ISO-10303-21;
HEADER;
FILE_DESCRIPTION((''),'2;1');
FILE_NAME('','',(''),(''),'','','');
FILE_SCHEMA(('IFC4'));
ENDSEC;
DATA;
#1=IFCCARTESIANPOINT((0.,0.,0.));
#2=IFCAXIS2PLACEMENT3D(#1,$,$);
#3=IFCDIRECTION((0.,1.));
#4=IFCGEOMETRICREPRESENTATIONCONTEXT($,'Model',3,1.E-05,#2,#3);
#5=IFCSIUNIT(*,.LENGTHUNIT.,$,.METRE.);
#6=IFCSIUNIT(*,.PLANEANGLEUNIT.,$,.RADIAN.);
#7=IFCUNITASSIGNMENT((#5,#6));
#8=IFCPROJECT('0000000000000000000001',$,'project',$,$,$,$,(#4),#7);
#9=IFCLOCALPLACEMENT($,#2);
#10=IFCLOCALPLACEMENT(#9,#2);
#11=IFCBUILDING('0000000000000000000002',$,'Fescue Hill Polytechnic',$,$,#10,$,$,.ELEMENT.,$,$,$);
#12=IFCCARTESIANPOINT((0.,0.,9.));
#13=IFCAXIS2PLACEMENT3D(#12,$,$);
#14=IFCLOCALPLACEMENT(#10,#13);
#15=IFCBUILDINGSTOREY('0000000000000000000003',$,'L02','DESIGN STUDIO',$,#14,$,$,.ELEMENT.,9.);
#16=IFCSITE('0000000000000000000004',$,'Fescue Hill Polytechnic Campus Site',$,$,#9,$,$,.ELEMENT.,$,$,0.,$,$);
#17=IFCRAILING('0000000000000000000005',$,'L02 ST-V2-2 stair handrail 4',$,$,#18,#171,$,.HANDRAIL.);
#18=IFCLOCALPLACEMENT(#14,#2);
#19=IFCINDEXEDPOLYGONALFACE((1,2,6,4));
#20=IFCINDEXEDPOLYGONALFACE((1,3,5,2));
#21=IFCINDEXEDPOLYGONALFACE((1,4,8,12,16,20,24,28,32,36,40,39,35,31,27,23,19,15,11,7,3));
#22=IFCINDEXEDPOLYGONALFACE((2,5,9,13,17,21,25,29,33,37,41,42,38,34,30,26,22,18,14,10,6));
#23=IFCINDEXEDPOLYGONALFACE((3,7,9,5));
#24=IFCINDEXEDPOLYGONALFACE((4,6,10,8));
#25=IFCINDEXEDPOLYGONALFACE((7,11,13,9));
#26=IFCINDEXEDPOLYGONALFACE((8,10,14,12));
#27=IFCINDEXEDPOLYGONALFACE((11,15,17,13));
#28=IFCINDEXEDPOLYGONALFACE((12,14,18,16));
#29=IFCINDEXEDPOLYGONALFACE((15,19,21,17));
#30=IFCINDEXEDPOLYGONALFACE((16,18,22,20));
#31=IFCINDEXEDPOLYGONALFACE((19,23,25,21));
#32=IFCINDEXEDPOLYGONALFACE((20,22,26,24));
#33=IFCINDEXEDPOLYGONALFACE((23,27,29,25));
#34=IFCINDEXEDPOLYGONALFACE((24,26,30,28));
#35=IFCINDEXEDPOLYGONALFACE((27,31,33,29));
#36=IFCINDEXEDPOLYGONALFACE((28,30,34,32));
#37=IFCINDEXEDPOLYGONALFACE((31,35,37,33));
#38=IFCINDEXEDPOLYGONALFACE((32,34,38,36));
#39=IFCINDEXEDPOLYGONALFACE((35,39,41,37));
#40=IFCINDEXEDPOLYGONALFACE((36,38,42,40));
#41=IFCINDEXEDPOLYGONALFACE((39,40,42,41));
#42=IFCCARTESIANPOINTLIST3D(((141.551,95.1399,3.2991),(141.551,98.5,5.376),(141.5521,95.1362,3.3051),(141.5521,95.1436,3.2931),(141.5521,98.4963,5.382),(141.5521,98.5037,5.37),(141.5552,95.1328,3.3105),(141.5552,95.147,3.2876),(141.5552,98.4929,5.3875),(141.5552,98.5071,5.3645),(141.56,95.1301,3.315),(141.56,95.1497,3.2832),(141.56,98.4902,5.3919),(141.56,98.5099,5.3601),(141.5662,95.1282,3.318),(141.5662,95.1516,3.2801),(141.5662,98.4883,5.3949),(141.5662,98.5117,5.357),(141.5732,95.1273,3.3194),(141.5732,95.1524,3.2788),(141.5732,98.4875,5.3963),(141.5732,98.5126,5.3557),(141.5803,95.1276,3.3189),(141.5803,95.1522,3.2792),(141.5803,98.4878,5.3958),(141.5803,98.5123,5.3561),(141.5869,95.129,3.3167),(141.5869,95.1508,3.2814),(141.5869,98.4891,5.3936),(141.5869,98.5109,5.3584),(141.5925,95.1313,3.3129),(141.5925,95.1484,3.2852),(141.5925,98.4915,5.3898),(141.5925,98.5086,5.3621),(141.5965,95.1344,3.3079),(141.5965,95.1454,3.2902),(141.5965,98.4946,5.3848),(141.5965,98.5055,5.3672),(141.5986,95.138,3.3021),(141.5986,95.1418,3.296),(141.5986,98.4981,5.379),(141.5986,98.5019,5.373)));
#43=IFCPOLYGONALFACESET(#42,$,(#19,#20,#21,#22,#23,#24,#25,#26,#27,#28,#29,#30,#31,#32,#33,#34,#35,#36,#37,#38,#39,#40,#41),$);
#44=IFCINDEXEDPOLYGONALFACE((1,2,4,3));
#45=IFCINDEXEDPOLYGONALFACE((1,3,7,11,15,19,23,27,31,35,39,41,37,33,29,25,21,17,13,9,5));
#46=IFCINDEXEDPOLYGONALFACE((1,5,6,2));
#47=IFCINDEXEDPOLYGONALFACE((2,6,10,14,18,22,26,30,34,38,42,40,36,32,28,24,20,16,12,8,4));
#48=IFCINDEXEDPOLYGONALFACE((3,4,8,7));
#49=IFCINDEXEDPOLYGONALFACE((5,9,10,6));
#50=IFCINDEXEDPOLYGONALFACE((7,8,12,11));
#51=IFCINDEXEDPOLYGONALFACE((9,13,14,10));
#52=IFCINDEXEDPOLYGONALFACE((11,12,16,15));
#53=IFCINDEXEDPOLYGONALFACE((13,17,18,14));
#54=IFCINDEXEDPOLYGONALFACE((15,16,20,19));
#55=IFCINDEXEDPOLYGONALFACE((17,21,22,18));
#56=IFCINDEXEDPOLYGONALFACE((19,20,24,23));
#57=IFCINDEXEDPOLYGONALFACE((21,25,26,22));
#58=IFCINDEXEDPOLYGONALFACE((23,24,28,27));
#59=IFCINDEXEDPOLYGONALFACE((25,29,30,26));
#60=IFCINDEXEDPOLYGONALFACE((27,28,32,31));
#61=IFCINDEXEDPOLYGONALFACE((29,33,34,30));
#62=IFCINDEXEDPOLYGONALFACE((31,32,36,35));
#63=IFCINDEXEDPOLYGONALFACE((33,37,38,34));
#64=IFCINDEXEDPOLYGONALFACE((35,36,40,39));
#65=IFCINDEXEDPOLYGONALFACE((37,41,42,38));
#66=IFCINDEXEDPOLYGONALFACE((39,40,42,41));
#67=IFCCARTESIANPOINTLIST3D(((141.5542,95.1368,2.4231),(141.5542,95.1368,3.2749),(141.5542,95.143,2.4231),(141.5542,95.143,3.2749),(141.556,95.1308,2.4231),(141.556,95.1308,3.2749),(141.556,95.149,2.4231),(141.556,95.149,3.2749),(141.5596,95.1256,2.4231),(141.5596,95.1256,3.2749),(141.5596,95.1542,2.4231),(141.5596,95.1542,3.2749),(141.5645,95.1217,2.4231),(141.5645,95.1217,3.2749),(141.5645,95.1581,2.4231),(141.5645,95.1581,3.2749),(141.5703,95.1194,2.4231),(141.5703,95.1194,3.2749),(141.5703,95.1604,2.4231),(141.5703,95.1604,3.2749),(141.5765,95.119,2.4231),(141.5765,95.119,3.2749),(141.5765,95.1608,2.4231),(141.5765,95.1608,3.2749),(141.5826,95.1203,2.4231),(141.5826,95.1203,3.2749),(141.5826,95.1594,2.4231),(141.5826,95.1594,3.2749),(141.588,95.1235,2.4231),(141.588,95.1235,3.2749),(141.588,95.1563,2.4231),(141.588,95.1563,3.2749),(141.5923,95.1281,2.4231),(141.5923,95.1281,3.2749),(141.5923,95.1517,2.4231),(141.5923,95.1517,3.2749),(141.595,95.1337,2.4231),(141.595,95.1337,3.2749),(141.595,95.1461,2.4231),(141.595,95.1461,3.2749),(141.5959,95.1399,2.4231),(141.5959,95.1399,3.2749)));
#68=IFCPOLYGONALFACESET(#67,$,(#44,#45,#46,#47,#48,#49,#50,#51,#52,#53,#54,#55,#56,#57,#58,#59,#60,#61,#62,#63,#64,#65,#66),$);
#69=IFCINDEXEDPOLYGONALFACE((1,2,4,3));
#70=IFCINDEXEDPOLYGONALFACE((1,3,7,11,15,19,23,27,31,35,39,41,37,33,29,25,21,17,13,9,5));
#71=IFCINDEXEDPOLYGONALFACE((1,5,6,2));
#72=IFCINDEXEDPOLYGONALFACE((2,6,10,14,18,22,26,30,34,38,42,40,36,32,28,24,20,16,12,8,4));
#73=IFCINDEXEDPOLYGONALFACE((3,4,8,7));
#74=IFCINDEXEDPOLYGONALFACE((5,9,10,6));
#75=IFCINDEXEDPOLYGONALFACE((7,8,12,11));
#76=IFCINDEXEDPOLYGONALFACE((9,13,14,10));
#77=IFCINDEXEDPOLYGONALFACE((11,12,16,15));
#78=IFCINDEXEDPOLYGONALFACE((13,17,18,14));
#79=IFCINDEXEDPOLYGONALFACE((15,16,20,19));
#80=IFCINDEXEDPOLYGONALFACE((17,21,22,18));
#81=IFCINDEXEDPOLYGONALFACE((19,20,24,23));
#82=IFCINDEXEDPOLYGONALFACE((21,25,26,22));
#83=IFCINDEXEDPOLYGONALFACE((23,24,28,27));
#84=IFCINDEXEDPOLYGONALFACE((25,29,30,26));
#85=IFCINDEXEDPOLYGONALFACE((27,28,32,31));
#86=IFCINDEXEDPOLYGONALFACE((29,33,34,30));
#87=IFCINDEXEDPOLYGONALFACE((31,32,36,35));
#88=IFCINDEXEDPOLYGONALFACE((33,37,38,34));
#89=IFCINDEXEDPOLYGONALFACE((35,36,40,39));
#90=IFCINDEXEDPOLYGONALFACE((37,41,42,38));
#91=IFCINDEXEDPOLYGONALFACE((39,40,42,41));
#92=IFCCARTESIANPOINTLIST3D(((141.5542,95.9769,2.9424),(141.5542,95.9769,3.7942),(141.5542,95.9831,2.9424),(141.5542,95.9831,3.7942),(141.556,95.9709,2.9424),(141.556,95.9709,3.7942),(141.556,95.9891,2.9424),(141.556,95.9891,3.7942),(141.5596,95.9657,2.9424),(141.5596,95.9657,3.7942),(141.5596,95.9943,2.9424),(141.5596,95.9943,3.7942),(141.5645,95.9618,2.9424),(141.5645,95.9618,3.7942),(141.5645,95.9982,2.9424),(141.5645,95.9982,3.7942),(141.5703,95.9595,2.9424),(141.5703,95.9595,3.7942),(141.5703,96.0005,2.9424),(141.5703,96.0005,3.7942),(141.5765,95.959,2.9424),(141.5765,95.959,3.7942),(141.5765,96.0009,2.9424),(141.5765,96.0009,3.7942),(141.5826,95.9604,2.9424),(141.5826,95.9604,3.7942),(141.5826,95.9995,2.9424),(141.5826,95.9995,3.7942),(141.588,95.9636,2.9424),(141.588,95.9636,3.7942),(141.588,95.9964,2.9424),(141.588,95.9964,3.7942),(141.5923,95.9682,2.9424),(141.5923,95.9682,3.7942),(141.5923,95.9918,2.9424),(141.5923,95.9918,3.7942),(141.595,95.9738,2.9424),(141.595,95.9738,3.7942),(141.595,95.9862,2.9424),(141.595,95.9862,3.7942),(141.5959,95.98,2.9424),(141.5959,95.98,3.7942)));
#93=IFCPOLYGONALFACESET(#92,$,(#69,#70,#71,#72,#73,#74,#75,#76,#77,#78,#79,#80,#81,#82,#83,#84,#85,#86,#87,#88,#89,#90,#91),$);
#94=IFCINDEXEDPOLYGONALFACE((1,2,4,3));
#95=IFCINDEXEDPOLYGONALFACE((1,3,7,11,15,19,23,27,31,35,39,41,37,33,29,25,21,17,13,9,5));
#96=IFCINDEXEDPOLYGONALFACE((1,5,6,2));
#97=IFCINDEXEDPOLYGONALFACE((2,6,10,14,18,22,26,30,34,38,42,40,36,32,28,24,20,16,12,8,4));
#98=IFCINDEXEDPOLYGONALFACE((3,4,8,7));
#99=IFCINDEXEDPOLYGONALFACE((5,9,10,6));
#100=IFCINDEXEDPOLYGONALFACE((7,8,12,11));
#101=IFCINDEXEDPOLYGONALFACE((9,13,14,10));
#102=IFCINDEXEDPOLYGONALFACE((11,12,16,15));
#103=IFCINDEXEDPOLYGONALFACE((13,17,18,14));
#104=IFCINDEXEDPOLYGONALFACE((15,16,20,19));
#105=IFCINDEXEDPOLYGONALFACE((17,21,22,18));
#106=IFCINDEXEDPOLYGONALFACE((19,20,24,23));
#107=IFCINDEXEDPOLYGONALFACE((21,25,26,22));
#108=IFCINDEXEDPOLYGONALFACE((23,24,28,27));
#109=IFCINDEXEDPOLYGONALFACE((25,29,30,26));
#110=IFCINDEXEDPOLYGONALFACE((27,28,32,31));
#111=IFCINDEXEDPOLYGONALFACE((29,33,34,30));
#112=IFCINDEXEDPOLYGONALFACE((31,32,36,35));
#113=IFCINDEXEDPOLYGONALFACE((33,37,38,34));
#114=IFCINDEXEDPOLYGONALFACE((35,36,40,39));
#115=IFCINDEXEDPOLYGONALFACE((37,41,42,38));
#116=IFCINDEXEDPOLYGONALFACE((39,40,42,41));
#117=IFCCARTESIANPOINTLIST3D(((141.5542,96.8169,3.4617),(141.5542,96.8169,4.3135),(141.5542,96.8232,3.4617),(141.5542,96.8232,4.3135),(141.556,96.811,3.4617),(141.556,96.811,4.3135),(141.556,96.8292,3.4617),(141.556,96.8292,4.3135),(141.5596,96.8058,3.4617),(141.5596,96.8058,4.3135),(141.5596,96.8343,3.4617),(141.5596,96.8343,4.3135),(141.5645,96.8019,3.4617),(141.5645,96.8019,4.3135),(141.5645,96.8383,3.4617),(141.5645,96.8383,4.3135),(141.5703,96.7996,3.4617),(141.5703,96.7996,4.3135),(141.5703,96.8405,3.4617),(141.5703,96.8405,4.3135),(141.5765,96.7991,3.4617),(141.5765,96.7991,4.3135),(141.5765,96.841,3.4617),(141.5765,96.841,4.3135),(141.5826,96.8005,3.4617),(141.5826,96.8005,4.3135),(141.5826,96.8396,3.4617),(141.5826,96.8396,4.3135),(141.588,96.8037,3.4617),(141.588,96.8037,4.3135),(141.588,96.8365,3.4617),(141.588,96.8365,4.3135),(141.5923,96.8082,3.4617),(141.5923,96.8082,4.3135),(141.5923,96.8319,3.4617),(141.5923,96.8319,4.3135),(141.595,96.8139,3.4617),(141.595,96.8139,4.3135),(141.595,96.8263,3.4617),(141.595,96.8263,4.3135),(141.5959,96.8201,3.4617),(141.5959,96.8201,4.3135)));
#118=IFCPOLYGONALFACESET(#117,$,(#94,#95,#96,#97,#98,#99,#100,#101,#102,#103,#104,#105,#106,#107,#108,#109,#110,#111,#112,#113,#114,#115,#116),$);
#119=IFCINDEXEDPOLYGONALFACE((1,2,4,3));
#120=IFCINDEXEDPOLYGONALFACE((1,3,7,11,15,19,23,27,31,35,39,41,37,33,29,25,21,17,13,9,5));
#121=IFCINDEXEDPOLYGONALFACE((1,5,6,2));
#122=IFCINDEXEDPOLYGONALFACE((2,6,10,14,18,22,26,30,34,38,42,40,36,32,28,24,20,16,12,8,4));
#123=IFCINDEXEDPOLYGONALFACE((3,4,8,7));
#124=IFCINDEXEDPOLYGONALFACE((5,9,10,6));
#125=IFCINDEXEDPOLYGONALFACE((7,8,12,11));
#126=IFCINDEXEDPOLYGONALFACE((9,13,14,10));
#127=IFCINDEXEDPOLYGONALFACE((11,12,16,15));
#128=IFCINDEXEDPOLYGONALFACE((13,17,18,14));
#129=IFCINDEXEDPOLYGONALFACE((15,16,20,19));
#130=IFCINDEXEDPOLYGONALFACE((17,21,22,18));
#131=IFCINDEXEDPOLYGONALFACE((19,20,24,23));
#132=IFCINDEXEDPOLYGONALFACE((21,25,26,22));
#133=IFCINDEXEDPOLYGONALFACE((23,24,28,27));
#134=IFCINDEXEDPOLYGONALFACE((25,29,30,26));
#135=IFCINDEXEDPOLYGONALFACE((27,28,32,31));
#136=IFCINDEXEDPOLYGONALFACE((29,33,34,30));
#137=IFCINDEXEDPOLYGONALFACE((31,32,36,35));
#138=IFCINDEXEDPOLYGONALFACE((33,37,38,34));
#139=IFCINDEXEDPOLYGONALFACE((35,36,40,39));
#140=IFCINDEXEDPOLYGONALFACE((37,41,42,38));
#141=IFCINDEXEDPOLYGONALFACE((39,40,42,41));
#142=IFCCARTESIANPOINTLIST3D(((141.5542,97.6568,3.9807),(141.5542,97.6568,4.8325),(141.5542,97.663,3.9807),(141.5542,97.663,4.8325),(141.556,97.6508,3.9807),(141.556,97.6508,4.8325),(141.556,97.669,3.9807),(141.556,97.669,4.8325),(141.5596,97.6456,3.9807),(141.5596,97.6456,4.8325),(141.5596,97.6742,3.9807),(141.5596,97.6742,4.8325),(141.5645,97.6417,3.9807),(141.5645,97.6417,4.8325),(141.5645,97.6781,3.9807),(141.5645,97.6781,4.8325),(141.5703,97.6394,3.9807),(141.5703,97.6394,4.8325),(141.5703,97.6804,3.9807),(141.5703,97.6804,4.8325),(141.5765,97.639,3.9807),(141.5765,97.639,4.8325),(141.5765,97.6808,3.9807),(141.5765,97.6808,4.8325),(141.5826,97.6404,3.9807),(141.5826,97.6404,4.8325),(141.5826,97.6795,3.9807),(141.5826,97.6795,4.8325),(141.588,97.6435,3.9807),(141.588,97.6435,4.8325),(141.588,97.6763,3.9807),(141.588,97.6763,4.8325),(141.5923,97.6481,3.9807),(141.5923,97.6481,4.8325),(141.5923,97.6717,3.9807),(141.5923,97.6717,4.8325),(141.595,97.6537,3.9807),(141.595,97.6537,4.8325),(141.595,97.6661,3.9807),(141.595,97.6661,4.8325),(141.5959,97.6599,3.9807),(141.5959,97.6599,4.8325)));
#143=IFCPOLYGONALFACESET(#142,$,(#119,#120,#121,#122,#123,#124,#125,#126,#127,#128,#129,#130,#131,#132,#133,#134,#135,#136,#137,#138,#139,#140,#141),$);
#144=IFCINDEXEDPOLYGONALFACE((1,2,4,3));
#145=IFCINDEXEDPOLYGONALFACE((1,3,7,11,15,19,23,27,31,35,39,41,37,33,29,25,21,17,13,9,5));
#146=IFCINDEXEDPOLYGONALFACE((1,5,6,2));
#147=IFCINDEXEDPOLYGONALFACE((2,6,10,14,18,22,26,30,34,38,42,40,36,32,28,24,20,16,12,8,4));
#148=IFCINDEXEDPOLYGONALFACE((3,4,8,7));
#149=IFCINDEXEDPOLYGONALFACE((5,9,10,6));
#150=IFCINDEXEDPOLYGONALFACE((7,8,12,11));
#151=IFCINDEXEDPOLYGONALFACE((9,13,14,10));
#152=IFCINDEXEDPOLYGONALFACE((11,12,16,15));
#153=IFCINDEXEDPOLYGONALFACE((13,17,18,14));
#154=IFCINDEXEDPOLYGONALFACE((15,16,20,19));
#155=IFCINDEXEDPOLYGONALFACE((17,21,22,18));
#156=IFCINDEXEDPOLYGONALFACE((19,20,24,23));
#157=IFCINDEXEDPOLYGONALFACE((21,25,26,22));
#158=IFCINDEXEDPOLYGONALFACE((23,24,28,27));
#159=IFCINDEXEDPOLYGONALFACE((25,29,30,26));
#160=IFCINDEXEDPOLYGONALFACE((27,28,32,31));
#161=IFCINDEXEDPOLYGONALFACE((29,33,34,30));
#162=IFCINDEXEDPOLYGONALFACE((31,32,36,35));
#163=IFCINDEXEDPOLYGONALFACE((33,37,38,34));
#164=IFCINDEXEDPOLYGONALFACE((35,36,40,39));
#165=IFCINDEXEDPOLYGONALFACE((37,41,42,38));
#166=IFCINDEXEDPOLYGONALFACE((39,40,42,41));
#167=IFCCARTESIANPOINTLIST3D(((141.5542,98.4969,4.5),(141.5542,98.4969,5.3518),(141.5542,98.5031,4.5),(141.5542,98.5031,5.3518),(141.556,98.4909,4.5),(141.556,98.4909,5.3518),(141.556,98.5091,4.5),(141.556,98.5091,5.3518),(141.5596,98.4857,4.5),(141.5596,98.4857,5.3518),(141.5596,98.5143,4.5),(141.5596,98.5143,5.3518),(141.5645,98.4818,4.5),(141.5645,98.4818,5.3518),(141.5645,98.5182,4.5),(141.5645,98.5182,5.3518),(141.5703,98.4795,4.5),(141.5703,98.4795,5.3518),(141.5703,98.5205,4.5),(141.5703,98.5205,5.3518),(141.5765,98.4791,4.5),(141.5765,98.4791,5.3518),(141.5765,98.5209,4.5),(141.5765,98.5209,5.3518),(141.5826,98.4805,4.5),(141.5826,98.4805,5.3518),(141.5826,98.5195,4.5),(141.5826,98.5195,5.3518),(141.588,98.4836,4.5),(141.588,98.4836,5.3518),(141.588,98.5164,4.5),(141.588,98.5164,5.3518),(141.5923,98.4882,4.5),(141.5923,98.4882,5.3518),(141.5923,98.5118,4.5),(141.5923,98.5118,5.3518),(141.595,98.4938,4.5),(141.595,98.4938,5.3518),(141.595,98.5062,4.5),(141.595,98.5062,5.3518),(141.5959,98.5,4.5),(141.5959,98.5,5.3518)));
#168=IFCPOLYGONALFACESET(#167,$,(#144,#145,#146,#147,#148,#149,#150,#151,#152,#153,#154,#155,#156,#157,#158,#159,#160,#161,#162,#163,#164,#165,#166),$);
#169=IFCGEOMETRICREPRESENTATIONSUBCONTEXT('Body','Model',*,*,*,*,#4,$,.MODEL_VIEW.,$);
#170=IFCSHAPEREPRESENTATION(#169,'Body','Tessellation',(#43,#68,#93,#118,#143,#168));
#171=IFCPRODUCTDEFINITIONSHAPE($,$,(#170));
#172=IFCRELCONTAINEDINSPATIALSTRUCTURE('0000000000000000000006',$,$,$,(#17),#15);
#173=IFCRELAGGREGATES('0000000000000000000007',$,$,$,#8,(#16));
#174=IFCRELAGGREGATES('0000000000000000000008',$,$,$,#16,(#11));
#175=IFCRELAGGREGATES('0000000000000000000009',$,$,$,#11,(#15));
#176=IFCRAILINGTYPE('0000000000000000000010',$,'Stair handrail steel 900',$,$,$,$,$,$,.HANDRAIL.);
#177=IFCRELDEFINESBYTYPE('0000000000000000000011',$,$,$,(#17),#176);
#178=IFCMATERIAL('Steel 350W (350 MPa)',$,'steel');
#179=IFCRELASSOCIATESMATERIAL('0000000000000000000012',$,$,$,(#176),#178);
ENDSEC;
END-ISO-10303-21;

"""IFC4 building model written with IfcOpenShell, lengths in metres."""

from ifc_helpers import new_model, si_unit, direction, frame, origin, origin_2d, place, context, subcontext, project, spatial, circle, extrude, material, type_object, element, save


model = new_model("IFC4")

# Units and contexts
model_context = context("Model", 3, precision=1e-05, world=origin(), true_north=direction((0.0, 1.0)))
body_context = subcontext(model_context, "Body", "Model", "MODEL_VIEW")
ifc_project = project(units=[si_unit("LENGTHUNIT", "METRE"), si_unit("PLANEANGLEUNIT", "RADIAN")], contexts=[model_context])

# Site, building, storey
site_placement = place(None, origin())
site = spatial("IfcSite", under=ifc_project, at=site_placement, Name="Fescue Hill Polytechnic Campus Site", CompositionType="ELEMENT", RefElevation=0.0)
building_placement = place(site_placement, origin())
building = spatial("IfcBuilding", under=site, at=building_placement, Name="Fescue Hill Polytechnic", CompositionType="ELEMENT")
storey_placement = place(building_placement, frame((0.0, 0.0, 9.0)))
storey = spatial("IfcBuildingStorey", under=building, at=storey_placement, Name="L02", Description="DESIGN STUDIO", CompositionType="ELEMENT", Elevation=9.0)

# Railing
ifc_material_1 = material(Name="Steel 350W (350 MPa)", Category="steel")
railing_type_1 = type_object("IfcRailingType", Name="Stair handrail steel 900", PredefinedType="HANDRAIL", material=ifc_material_1)
railing_1_placement = place(storey_placement, frame((141.575, 95.1399, 2.4231)))
element("IfcRailing", 1, at=railing_1_placement, inside=storey, type_object=railing_type_1, Name="L02 ST-V2-2 stair handrail 4", PredefinedType="HANDRAIL", context=body_context, shape_type="SweptSolid", body=[
    extrude(circle(Radius=0.0239, at=origin_2d()), frame((0.0, 0.0, 0.876), z_axis=(0.0, 0.850623, 0.525776), x_axis=(-1.0, 0.0, 0.0)), (0.0, 0.0, 1.0), 3.9502),
    extrude(circle(Radius=0.021, at=origin_2d()), origin(), (0.0, 0.0, 1.0), 0.8518),
    extrude(circle(Radius=0.021, at=origin_2d()), frame((0.0, 0.8401, 0.5193)), (0.0, 0.0, 1.0), 0.8518),
    extrude(circle(Radius=0.021, at=origin_2d()), frame((0.0, 1.6802, 1.0386)), (0.0, 0.0, 1.0), 0.8518),
    extrude(circle(Radius=0.021, at=origin_2d()), frame((0.0, 2.52, 1.5576)), (0.0, 0.0, 1.0), 0.8518),
    extrude(circle(Radius=0.021, at=origin_2d()), frame((0.0, 3.3601, 2.0769)), (0.0, 0.0, 1.0), 0.8518),
])

save(model, "model.ifc")
